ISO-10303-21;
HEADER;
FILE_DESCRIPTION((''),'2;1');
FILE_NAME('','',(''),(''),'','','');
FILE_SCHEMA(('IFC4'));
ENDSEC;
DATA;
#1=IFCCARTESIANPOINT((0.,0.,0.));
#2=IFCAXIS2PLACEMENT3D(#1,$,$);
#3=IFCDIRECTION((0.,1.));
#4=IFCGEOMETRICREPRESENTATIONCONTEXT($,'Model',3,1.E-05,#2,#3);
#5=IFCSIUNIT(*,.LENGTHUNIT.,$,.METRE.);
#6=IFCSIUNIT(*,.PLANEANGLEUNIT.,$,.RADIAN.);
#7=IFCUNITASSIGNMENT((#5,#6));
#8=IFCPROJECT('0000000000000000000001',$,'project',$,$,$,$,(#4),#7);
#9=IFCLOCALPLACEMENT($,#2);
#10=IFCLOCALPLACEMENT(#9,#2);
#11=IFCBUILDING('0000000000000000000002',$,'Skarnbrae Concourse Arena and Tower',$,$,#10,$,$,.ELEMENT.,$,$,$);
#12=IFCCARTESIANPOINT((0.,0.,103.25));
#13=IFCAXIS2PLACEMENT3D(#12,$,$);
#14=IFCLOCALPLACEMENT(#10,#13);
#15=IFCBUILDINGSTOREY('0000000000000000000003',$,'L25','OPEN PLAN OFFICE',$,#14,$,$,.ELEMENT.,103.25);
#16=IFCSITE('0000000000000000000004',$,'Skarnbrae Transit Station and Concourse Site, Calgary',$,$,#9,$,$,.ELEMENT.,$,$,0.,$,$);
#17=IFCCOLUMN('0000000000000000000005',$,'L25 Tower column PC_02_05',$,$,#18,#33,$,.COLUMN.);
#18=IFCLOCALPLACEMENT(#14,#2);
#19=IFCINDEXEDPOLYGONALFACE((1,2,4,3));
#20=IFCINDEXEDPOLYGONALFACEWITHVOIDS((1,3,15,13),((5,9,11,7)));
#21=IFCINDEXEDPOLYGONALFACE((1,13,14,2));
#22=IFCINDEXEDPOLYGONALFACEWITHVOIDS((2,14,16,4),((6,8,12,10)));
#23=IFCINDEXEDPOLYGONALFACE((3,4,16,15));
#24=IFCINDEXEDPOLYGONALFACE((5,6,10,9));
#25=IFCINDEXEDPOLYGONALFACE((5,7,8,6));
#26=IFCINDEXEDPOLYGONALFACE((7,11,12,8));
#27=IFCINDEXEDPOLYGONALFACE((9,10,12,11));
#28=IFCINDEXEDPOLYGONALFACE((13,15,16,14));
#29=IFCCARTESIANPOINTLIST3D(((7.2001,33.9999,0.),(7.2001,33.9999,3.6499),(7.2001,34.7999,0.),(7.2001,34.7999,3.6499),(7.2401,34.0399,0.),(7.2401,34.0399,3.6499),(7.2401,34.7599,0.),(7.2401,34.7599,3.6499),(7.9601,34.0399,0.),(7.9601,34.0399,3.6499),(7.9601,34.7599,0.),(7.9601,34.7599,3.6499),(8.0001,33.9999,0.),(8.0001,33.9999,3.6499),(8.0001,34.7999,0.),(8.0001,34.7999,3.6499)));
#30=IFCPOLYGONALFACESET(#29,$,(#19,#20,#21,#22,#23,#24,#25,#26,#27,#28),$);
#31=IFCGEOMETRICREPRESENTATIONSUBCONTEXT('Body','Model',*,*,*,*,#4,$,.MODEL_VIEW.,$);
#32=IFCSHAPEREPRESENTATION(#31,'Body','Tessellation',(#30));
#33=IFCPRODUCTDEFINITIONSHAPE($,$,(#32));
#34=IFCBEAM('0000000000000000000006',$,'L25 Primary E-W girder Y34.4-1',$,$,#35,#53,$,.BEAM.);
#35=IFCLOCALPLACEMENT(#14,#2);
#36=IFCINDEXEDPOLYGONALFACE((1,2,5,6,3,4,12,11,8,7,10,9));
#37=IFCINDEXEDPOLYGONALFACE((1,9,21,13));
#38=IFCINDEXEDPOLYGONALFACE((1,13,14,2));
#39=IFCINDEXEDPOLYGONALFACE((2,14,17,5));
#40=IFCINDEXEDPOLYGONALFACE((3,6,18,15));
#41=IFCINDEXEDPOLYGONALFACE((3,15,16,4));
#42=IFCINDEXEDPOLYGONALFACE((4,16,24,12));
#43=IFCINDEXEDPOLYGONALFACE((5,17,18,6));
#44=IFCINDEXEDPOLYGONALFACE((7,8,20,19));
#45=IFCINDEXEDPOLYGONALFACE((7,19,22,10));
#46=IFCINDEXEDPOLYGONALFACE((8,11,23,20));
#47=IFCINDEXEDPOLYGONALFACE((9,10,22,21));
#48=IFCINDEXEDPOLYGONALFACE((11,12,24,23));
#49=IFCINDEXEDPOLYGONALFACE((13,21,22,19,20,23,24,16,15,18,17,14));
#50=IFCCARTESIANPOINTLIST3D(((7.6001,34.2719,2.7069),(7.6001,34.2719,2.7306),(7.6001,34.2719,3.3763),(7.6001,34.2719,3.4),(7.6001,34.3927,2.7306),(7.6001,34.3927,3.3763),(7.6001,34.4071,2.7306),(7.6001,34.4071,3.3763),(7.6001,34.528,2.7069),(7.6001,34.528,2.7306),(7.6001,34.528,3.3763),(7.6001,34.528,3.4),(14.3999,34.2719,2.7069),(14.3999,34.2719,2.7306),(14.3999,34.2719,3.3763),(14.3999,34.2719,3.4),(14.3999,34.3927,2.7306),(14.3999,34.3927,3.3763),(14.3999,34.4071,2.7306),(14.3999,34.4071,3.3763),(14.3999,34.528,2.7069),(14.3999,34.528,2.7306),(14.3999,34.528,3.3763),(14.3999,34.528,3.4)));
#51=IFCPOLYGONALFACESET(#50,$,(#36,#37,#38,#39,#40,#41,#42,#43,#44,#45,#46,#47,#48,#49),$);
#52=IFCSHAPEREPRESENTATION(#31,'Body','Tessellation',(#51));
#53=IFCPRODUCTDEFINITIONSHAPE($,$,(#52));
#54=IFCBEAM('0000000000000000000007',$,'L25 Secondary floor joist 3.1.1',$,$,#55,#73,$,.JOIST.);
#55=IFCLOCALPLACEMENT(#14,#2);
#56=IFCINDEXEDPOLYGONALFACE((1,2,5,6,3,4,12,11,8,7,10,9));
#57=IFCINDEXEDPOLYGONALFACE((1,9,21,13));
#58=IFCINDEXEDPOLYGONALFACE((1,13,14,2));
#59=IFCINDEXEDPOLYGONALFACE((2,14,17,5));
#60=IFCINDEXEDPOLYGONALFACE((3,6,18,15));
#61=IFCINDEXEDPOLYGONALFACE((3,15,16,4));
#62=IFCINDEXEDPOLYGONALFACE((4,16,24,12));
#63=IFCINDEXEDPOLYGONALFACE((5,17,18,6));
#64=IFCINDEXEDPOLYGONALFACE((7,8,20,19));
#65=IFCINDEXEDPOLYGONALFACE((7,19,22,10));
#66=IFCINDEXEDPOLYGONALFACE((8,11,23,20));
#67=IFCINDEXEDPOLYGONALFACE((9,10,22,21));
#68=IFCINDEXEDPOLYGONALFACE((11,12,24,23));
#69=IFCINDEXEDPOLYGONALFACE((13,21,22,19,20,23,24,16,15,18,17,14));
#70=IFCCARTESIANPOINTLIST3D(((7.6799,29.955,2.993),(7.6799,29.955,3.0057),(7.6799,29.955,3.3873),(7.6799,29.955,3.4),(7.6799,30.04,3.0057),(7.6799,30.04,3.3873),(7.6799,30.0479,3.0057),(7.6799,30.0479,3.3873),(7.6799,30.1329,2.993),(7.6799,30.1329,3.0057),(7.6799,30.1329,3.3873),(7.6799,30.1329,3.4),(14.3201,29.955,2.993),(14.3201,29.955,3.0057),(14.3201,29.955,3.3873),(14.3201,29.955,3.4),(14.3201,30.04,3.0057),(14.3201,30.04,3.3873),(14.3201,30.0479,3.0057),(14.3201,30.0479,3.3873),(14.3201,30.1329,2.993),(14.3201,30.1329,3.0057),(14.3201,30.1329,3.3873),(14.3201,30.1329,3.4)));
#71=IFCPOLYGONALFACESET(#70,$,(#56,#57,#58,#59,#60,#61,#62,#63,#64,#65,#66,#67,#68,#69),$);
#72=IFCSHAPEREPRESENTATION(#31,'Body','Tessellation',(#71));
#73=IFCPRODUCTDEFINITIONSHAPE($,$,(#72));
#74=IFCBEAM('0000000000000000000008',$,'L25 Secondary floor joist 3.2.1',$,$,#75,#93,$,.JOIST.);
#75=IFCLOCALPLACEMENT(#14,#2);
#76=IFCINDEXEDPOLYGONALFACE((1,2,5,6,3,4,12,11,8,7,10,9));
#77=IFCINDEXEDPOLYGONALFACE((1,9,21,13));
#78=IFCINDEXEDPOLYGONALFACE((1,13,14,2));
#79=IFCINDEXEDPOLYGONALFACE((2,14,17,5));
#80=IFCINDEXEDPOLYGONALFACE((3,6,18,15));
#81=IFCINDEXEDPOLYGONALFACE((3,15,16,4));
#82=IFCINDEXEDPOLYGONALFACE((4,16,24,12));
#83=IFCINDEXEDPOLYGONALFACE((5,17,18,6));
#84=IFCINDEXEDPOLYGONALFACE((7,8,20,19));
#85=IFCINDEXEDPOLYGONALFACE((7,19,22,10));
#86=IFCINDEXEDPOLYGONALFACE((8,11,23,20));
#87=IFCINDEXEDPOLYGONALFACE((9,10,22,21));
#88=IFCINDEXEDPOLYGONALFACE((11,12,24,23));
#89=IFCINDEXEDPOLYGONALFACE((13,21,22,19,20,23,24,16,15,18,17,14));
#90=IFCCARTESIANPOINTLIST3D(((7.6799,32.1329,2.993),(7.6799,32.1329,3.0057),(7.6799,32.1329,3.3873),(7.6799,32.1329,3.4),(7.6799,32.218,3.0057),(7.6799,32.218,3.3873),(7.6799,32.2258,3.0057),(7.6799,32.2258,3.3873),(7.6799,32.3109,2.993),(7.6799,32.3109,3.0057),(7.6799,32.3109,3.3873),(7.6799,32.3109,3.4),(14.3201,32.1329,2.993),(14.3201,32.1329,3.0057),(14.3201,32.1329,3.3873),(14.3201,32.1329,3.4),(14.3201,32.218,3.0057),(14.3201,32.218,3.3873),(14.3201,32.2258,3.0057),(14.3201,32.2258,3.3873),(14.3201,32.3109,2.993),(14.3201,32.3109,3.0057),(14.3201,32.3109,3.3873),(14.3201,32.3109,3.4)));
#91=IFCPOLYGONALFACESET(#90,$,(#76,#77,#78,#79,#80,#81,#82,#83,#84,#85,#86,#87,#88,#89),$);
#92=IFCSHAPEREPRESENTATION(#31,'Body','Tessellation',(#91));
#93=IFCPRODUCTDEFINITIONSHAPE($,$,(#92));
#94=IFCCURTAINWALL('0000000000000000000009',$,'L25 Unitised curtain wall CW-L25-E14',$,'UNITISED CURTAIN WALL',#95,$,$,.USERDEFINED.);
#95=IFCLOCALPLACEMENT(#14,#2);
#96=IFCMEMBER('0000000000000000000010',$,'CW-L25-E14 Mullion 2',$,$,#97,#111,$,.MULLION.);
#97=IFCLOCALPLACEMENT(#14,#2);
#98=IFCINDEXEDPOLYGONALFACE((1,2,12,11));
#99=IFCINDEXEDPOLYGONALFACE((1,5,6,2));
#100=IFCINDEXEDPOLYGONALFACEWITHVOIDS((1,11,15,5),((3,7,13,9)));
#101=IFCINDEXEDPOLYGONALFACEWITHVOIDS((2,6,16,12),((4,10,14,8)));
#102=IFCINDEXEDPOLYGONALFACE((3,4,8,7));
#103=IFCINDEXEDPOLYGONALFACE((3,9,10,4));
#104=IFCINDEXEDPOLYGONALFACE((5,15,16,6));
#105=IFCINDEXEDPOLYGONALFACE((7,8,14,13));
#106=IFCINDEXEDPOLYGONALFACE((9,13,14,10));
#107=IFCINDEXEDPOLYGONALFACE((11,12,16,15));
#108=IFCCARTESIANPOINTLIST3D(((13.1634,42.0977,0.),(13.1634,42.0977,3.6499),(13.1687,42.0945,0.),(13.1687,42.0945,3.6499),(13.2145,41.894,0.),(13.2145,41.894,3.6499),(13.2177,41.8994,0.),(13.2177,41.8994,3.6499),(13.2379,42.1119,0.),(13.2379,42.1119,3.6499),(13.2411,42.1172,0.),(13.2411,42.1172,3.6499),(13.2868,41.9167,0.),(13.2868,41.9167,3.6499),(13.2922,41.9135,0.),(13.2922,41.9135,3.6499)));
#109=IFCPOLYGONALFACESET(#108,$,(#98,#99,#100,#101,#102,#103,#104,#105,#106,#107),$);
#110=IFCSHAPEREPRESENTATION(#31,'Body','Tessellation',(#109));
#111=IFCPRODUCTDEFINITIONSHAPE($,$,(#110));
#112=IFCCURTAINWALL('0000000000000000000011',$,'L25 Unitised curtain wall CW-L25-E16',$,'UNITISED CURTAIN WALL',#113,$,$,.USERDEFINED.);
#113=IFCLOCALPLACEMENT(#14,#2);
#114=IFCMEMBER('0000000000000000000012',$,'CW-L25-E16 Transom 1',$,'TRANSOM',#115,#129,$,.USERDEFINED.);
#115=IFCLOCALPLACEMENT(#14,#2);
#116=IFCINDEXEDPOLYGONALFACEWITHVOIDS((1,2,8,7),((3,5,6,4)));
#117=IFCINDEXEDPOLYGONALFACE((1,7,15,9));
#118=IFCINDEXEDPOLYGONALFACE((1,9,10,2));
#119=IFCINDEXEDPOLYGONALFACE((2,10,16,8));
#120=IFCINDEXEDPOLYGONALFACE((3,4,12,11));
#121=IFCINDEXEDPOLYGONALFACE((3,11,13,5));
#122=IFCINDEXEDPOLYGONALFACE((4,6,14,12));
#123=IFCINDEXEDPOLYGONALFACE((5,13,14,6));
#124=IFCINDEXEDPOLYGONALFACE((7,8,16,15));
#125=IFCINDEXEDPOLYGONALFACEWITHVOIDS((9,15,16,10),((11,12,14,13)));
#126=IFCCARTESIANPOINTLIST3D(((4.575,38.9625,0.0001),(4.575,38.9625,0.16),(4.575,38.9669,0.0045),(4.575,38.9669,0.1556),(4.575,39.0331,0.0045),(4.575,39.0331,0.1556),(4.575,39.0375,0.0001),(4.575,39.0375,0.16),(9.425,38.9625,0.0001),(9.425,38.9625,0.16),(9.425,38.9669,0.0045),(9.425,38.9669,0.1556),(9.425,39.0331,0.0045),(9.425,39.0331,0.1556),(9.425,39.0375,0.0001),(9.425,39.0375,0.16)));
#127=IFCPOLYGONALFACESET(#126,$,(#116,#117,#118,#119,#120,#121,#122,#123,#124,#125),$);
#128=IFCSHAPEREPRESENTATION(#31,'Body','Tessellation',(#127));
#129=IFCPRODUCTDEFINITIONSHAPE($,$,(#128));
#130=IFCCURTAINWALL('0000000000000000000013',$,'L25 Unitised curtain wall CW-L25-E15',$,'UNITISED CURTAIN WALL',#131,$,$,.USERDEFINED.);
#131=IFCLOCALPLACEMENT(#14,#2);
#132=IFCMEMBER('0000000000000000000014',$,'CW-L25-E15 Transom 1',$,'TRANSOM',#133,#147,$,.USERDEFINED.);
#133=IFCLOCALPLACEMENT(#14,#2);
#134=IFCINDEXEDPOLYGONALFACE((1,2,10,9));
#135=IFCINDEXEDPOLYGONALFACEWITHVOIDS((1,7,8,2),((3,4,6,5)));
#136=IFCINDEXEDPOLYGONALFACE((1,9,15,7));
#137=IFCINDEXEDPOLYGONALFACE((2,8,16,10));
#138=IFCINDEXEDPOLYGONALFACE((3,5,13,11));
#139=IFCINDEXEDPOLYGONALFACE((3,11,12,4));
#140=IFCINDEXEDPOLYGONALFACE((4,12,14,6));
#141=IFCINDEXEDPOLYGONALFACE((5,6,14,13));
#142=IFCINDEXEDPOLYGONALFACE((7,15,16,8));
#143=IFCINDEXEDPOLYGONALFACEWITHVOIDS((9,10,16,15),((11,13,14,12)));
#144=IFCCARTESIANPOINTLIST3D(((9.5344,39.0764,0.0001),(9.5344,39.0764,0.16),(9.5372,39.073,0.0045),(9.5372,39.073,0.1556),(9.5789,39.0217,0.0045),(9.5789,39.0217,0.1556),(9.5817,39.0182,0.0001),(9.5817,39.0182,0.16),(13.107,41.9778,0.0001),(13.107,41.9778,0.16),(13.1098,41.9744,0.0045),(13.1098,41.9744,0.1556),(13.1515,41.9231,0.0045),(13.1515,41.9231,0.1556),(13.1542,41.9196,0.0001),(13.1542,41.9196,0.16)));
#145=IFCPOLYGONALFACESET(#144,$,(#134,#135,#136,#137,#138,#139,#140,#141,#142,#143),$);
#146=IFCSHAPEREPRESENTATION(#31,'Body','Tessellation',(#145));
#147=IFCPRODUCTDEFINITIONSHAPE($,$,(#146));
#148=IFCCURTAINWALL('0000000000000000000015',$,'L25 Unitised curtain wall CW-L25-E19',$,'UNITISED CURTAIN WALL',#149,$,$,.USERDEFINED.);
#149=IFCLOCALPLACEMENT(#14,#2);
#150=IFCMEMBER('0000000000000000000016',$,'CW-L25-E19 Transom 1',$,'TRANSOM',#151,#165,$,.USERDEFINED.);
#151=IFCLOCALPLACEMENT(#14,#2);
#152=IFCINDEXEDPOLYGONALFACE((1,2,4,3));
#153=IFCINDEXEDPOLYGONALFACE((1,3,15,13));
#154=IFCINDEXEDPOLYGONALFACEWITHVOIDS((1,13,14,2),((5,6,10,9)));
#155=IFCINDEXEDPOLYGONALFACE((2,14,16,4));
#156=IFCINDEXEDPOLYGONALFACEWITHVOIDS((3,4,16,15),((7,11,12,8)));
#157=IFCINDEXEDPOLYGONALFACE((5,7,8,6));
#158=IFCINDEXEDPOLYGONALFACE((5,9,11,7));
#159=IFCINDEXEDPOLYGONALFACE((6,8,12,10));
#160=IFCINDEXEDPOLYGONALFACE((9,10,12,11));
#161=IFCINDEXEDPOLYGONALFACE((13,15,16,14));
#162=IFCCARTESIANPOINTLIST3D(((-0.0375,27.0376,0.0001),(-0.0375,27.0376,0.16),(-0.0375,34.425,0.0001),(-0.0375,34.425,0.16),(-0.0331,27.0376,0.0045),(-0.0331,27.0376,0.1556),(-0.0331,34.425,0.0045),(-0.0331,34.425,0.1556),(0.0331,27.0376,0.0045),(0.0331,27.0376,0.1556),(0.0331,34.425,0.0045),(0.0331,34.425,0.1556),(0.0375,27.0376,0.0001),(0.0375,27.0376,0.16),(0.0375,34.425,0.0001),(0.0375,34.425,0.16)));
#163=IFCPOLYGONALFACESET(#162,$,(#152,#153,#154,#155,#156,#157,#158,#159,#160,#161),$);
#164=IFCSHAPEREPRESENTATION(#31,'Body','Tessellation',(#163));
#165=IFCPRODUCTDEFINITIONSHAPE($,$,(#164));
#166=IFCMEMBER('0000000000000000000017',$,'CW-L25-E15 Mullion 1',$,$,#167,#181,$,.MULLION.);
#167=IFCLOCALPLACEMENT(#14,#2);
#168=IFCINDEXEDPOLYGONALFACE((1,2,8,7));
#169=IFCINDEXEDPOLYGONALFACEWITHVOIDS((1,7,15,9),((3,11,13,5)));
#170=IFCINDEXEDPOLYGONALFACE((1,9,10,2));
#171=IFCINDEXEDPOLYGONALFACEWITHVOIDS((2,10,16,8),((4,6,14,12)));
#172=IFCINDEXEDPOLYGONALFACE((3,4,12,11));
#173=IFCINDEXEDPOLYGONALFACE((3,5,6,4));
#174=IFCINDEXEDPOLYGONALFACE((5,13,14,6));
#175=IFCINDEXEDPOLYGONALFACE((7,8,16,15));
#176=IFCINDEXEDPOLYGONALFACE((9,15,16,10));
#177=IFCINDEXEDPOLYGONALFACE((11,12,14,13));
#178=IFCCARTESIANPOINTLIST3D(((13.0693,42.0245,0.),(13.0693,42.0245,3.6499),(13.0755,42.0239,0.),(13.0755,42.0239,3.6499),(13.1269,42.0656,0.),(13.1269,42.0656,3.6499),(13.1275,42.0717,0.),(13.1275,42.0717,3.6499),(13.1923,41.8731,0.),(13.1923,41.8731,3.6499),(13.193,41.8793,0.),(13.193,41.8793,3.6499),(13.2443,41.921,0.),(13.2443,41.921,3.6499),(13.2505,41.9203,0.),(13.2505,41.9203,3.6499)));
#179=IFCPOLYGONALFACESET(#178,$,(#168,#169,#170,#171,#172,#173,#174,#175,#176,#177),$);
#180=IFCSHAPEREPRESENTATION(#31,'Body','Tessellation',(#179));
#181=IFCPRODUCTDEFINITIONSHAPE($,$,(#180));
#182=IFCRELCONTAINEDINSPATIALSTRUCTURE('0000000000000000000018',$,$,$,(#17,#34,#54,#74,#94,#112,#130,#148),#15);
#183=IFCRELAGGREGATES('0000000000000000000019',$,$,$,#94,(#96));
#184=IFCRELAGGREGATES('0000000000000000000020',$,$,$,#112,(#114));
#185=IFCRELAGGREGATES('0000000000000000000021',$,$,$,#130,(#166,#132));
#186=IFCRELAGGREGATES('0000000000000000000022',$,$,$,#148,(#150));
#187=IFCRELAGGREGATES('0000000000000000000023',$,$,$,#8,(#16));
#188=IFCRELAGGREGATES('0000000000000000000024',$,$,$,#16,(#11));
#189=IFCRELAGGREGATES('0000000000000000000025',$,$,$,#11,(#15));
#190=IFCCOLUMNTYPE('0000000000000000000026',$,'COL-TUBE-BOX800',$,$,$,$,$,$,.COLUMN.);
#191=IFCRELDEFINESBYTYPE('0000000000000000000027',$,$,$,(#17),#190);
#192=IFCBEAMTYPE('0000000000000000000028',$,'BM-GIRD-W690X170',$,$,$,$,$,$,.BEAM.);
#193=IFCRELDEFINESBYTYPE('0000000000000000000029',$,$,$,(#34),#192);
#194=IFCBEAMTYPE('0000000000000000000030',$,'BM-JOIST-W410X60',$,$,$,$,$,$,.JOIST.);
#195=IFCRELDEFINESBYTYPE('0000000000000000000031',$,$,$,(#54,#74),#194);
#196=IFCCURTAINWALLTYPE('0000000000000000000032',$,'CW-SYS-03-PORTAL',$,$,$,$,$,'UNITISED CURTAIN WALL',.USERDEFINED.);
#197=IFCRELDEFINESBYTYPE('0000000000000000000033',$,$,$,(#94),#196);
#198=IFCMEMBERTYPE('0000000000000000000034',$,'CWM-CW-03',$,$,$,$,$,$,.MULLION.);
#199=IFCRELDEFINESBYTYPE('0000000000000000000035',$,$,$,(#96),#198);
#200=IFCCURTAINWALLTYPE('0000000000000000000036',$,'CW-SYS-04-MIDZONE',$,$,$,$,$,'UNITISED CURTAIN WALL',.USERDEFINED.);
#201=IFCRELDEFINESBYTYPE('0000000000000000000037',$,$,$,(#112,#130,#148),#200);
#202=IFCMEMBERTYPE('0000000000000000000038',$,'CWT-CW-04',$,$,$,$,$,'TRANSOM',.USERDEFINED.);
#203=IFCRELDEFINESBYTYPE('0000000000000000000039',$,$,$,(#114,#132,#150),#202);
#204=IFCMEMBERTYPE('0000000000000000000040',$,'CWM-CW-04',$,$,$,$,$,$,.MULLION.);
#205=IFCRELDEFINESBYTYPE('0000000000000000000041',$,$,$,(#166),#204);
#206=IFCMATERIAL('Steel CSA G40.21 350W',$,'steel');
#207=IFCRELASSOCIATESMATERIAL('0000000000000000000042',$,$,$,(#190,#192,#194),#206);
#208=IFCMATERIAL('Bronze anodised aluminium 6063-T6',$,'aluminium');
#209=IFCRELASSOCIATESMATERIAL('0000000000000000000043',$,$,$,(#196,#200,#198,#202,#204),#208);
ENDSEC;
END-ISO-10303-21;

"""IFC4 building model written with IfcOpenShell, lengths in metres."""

from ifc_helpers import new_model, si_unit, direction, frame, origin, origin_2d, place, context, subcontext, project, spatial, hollow_rectangle, i_section, extrude, source, transform, mapped, material, material_profile, profile_set, type_object, element, aggregate, save


model = new_model("IFC4")

# Units and contexts
model_context = context("Model", 3, precision=1e-05, world=origin(), true_north=direction((0.0, 1.0)))
body_context = subcontext(model_context, "Body", "Model", "MODEL_VIEW")
ifc_project = project(units=[si_unit("LENGTHUNIT", "METRE"), si_unit("PLANEANGLEUNIT", "RADIAN")], contexts=[model_context])

# Site, building, storey
site_placement = place(None, origin())
site = spatial("IfcSite", under=ifc_project, at=site_placement, Name="Skarnbrae Transit Station and Concourse Site, Calgary", CompositionType="ELEMENT", RefElevation=0.0)
building_placement = place(site_placement, origin())
building = spatial("IfcBuilding", under=site, at=building_placement, Name="Skarnbrae Concourse Arena and Tower", CompositionType="ELEMENT")
storey_placement = place(building_placement, frame((0.0, 0.0, 103.25)))
storey = spatial("IfcBuildingStorey", under=building, at=storey_placement, Name="L25", Description="OPEN PLAN OFFICE", CompositionType="ELEMENT", Elevation=103.25)

# Column
ifc_material_1 = material(Name="Steel CSA G40.21 350W", Category="steel")
ifc_material_profile_1 = material_profile(ifc_material_1, hollow_rectangle(XDim=0.8, YDim=0.8, WallThickness=0.04, at=origin_2d()), Name="BOX800X800X40")
ifc_profile_set_1 = profile_set([ifc_material_profile_1], Name="Steel CSA G40.21 350W")
column_type = type_object("IfcColumnType", Name="COL-TUBE-BOX800", PredefinedType="COLUMN", material=ifc_profile_set_1)
shared_shape_1 = source(origin(), body_context, "Body", "SweptSolid", [
    extrude(hollow_rectangle(XDim=0.8, YDim=0.8, WallThickness=0.04, at=origin_2d()), origin(), (0.0, 0.0, 1.0), 3.6499),
])
column_placement = place(storey_placement, frame((7.6001, 34.3999, 0.0), z_axis=(0.0, 0.0, 1.0), x_axis=(1.0, 0.0, 0.0)))
element("IfcColumn", 1, at=column_placement, inside=storey, type_object=column_type, Name="L25 Tower column PC_02_05", PredefinedType="COLUMN", context=body_context, shape_type="MappedRepresentation", body=[
    mapped(shared_shape_1, transform((0.0, 0.0, 0.0))),
])

# Beams
ifc_material_profile_2 = material_profile(ifc_material_1, i_section(OverallWidth=0.2561, OverallDepth=0.6931, WebThickness=0.0144, FlangeThickness=0.0237, at=origin_2d()), Name="W690X170")
ifc_profile_set_2 = profile_set([ifc_material_profile_2], Name="Steel CSA G40.21 350W")
beam_type_1 = type_object("IfcBeamType", Name="BM-GIRD-W690X170", PredefinedType="BEAM", material=ifc_profile_set_2)
shared_shape_2 = source(origin(), body_context, "Body", "SweptSolid", [
    extrude(i_section(OverallWidth=0.2561, OverallDepth=0.6931, WebThickness=0.0144, FlangeThickness=0.0237, at=origin_2d()), origin(), (0.0, 0.0, 1.0), 6.7998),
])
beam_placement = place(storey_placement, frame((7.6001, 34.3999, 3.0535), z_axis=(1.0, 0.0, 0.0), x_axis=(0.0, 1.0, 0.0)))
element("IfcBeam", 2, at=beam_placement, inside=storey, type_object=beam_type_1, Name="L25 Primary E-W girder Y34.4-1", PredefinedType="BEAM", context=body_context, shape_type="MappedRepresentation", body=[
    mapped(shared_shape_2, transform((0.0, 0.0, 0.0))),
])
ifc_material_profile_3 = material_profile(ifc_material_1, i_section(OverallWidth=0.178, OverallDepth=0.407, WebThickness=0.0078, FlangeThickness=0.0127, at=origin_2d()), Name="W410X60")
ifc_profile_set_3 = profile_set([ifc_material_profile_3], Name="Steel CSA G40.21 350W")
beam_type_2 = type_object("IfcBeamType", Name="BM-JOIST-W410X60", PredefinedType="JOIST", material=ifc_profile_set_3)
shared_shape_3 = source(origin(), body_context, "Body", "SweptSolid", [
    extrude(i_section(OverallWidth=0.178, OverallDepth=0.407, WebThickness=0.0078, FlangeThickness=0.0127, at=origin_2d()), origin(), (0.0, 0.0, 1.0), 6.6401),
])
for number, where, z_axis, x_axis, name in (
    (3, (7.6799, 30.0439, 3.1965), (1.0, 0.0, 0.0), (0.0, 1.0, 0.0), "L25 Secondary floor joist 3.1.1"),
    (4, (7.6799, 32.2219, 3.1965), (1.0, 0.0, 0.0), (0.0, 1.0, 0.0), "L25 Secondary floor joist 3.2.1"),
):
    element("IfcBeam", number, at=place(storey_placement, frame(where, z_axis=z_axis, x_axis=x_axis)), inside=storey, type_object=beam_type_2, Name=name, PredefinedType="JOIST", context=body_context, shape_type="MappedRepresentation", body=[
        mapped(shared_shape_3, transform((0.0, 0.0, 0.0))),
    ])

# Curtain walls, members
ifc_material_2 = material(Name="Bronze anodised aluminium 6063-T6", Category="aluminium")
curtain_wall_type_1 = type_object("IfcCurtainWallType", Name="CW-SYS-03-PORTAL", ElementType="UNITISED CURTAIN WALL", PredefinedType="USERDEFINED", material=ifc_material_2)
curtain_wall_1_placement = place(storey_placement, origin())
curtain_wall_1 = element("IfcCurtainWall", 5, at=curtain_wall_1_placement, inside=storey, type_object=curtain_wall_type_1, Name="L25 Unitised curtain wall CW-L25-E14", ObjectType="UNITISED CURTAIN WALL", PredefinedType="USERDEFINED")
ifc_material_profile_4 = material_profile(ifc_material_2, hollow_rectangle(XDim=0.0801, YDim=0.21, WallThickness=0.0044, at=origin_2d()), Name="ALU-MULL-80X210")
ifc_profile_set_4 = profile_set([ifc_material_profile_4], Name="Bronze anodised aluminium 6063-T6")
member_type_1 = type_object("IfcMemberType", Name="CWM-CW-03", PredefinedType="MULLION", material=ifc_profile_set_4)
shared_shape_4 = source(origin(), body_context, "Body", "SweptSolid", [
    extrude(hollow_rectangle(XDim=0.0801, YDim=0.21, WallThickness=0.0044, at=origin_2d()), origin(), (0.0, 0.0, 1.0), 3.6499),
])
member_1_placement = place(storey_placement, frame((13.2278, 42.0056, 0.0), z_axis=(0.0, 0.0, 1.0), x_axis=(-0.969903, -0.243491, 0.0)))
member_1 = element("IfcMember", 6, at=member_1_placement, type_object=member_type_1, Name="CW-L25-E14 Mullion 2", PredefinedType="MULLION", context=body_context, shape_type="MappedRepresentation", body=[
    mapped(shared_shape_4, transform((0.0, 0.0, 0.0))),
])
aggregate(curtain_wall_1, [member_1])
curtain_wall_type_2 = type_object("IfcCurtainWallType", Name="CW-SYS-04-MIDZONE", ElementType="UNITISED CURTAIN WALL", PredefinedType="USERDEFINED", material=ifc_material_2)
curtain_wall_2_placement = place(storey_placement, origin())
curtain_wall_2 = element("IfcCurtainWall", 7, at=curtain_wall_2_placement, inside=storey, type_object=curtain_wall_type_2, Name="L25 Unitised curtain wall CW-L25-E16", ObjectType="UNITISED CURTAIN WALL", PredefinedType="USERDEFINED")
ifc_material_profile_5 = material_profile(ifc_material_2, hollow_rectangle(XDim=0.075, YDim=0.1599, WallThickness=0.0044, at=origin_2d()), Name="ALU-TRAN-75X160")
ifc_profile_set_5 = profile_set([ifc_material_profile_5], Name="Bronze anodised aluminium 6063-T6")
member_type_2 = type_object("IfcMemberType", Name="CWT-CW-04", ElementType="TRANSOM", PredefinedType="USERDEFINED", material=ifc_profile_set_5)
shared_shape_5 = source(origin(), body_context, "Body", "SweptSolid", [
    extrude(hollow_rectangle(XDim=0.075, YDim=0.1599, WallThickness=0.0044, at=origin_2d()), origin(), (0.0, 0.0, 1.0), 4.8501),
])
member_2_placement = place(storey_placement, frame((9.425, 39.0, 0.0801), z_axis=(-1.0, 0.0, 0.0), x_axis=(0.0, -1.0, 0.0)))
member_2 = element("IfcMember", 8, at=member_2_placement, type_object=member_type_2, Name="CW-L25-E16 Transom 1", ObjectType="TRANSOM", PredefinedType="USERDEFINED", context=body_context, shape_type="MappedRepresentation", body=[
    mapped(shared_shape_5, transform((0.0, 0.0, 0.0))),
])
curtain_wall_3_placement = place(storey_placement, origin())
curtain_wall_3 = element("IfcCurtainWall", 9, at=curtain_wall_3_placement, inside=storey, type_object=curtain_wall_type_2, Name="L25 Unitised curtain wall CW-L25-E15", ObjectType="UNITISED CURTAIN WALL", PredefinedType="USERDEFINED")
shared_shape_6 = source(origin(), body_context, "Body", "SweptSolid", [
    extrude(hollow_rectangle(XDim=0.075, YDim=0.1599, WallThickness=0.0044, at=origin_2d()), origin(), (0.0, 0.0, 1.0), 4.6023),
])
member_3_placement = place(storey_placement, frame((13.1306, 41.9487, 0.0801), z_axis=(-0.776252, -0.630423, 0.0), x_axis=(0.630423, -0.776252, 0.0)))
member_3 = element("IfcMember", 10, at=member_3_placement, type_object=member_type_2, Name="CW-L25-E15 Transom 1", ObjectType="TRANSOM", PredefinedType="USERDEFINED", context=body_context, shape_type="MappedRepresentation", body=[
    mapped(shared_shape_6, transform((0.0, 0.0, 0.0))),
])
curtain_wall_4_placement = place(storey_placement, origin())
curtain_wall_4 = element("IfcCurtainWall", 11, at=curtain_wall_4_placement, inside=storey, type_object=curtain_wall_type_2, Name="L25 Unitised curtain wall CW-L25-E19", ObjectType="UNITISED CURTAIN WALL", PredefinedType="USERDEFINED")
shared_shape_7 = source(origin(), body_context, "Body", "SweptSolid", [
    extrude(hollow_rectangle(XDim=0.075, YDim=0.1599, WallThickness=0.0044, at=origin_2d()), origin(), (0.0, 0.0, 1.0), 7.3875),
])
member_4_placement = place(storey_placement, frame((0.0, 34.425, 0.0801), z_axis=(0.0, -1.0, 0.0), x_axis=(1.0, 0.0, 0.0)))
member_4 = element("IfcMember", 12, at=member_4_placement, type_object=member_type_2, Name="CW-L25-E19 Transom 1", ObjectType="TRANSOM", PredefinedType="USERDEFINED", context=body_context, shape_type="MappedRepresentation", body=[
    mapped(shared_shape_7, transform((0.0, 0.0, 0.0))),
])

# Member
ifc_material_profile_6 = material_profile(ifc_material_2, hollow_rectangle(XDim=0.075, YDim=0.1951, WallThickness=0.0044, at=origin_2d()), Name="ALU-MULL-75X195")
ifc_profile_set_6 = profile_set([ifc_material_profile_6], Name="Bronze anodised aluminium 6063-T6")
member_type_3 = type_object("IfcMemberType", Name="CWM-CW-04", PredefinedType="MULLION", material=ifc_profile_set_6)
shared_shape_8 = source(origin(), body_context, "Body", "SweptSolid", [
    extrude(hollow_rectangle(XDim=0.075, YDim=0.1951, WallThickness=0.0044, at=origin_2d()), origin(), (0.0, 0.0, 1.0), 3.6499),
])
member_5_placement = place(storey_placement, frame((13.1599, 41.9724, 0.0), z_axis=(0.0, 0.0, 1.0), x_axis=(-0.776241, -0.630436, 0.0)))
member_5 = element("IfcMember", 13, at=member_5_placement, type_object=member_type_3, Name="CW-L25-E15 Mullion 1", PredefinedType="MULLION", context=body_context, shape_type="MappedRepresentation", body=[
    mapped(shared_shape_8, transform((0.0, 0.0, 0.0))),
])

aggregate(curtain_wall_2, [member_2])
aggregate(curtain_wall_3, [member_5, member_3])
aggregate(curtain_wall_4, [member_4])

save(model, "model.ifc")
